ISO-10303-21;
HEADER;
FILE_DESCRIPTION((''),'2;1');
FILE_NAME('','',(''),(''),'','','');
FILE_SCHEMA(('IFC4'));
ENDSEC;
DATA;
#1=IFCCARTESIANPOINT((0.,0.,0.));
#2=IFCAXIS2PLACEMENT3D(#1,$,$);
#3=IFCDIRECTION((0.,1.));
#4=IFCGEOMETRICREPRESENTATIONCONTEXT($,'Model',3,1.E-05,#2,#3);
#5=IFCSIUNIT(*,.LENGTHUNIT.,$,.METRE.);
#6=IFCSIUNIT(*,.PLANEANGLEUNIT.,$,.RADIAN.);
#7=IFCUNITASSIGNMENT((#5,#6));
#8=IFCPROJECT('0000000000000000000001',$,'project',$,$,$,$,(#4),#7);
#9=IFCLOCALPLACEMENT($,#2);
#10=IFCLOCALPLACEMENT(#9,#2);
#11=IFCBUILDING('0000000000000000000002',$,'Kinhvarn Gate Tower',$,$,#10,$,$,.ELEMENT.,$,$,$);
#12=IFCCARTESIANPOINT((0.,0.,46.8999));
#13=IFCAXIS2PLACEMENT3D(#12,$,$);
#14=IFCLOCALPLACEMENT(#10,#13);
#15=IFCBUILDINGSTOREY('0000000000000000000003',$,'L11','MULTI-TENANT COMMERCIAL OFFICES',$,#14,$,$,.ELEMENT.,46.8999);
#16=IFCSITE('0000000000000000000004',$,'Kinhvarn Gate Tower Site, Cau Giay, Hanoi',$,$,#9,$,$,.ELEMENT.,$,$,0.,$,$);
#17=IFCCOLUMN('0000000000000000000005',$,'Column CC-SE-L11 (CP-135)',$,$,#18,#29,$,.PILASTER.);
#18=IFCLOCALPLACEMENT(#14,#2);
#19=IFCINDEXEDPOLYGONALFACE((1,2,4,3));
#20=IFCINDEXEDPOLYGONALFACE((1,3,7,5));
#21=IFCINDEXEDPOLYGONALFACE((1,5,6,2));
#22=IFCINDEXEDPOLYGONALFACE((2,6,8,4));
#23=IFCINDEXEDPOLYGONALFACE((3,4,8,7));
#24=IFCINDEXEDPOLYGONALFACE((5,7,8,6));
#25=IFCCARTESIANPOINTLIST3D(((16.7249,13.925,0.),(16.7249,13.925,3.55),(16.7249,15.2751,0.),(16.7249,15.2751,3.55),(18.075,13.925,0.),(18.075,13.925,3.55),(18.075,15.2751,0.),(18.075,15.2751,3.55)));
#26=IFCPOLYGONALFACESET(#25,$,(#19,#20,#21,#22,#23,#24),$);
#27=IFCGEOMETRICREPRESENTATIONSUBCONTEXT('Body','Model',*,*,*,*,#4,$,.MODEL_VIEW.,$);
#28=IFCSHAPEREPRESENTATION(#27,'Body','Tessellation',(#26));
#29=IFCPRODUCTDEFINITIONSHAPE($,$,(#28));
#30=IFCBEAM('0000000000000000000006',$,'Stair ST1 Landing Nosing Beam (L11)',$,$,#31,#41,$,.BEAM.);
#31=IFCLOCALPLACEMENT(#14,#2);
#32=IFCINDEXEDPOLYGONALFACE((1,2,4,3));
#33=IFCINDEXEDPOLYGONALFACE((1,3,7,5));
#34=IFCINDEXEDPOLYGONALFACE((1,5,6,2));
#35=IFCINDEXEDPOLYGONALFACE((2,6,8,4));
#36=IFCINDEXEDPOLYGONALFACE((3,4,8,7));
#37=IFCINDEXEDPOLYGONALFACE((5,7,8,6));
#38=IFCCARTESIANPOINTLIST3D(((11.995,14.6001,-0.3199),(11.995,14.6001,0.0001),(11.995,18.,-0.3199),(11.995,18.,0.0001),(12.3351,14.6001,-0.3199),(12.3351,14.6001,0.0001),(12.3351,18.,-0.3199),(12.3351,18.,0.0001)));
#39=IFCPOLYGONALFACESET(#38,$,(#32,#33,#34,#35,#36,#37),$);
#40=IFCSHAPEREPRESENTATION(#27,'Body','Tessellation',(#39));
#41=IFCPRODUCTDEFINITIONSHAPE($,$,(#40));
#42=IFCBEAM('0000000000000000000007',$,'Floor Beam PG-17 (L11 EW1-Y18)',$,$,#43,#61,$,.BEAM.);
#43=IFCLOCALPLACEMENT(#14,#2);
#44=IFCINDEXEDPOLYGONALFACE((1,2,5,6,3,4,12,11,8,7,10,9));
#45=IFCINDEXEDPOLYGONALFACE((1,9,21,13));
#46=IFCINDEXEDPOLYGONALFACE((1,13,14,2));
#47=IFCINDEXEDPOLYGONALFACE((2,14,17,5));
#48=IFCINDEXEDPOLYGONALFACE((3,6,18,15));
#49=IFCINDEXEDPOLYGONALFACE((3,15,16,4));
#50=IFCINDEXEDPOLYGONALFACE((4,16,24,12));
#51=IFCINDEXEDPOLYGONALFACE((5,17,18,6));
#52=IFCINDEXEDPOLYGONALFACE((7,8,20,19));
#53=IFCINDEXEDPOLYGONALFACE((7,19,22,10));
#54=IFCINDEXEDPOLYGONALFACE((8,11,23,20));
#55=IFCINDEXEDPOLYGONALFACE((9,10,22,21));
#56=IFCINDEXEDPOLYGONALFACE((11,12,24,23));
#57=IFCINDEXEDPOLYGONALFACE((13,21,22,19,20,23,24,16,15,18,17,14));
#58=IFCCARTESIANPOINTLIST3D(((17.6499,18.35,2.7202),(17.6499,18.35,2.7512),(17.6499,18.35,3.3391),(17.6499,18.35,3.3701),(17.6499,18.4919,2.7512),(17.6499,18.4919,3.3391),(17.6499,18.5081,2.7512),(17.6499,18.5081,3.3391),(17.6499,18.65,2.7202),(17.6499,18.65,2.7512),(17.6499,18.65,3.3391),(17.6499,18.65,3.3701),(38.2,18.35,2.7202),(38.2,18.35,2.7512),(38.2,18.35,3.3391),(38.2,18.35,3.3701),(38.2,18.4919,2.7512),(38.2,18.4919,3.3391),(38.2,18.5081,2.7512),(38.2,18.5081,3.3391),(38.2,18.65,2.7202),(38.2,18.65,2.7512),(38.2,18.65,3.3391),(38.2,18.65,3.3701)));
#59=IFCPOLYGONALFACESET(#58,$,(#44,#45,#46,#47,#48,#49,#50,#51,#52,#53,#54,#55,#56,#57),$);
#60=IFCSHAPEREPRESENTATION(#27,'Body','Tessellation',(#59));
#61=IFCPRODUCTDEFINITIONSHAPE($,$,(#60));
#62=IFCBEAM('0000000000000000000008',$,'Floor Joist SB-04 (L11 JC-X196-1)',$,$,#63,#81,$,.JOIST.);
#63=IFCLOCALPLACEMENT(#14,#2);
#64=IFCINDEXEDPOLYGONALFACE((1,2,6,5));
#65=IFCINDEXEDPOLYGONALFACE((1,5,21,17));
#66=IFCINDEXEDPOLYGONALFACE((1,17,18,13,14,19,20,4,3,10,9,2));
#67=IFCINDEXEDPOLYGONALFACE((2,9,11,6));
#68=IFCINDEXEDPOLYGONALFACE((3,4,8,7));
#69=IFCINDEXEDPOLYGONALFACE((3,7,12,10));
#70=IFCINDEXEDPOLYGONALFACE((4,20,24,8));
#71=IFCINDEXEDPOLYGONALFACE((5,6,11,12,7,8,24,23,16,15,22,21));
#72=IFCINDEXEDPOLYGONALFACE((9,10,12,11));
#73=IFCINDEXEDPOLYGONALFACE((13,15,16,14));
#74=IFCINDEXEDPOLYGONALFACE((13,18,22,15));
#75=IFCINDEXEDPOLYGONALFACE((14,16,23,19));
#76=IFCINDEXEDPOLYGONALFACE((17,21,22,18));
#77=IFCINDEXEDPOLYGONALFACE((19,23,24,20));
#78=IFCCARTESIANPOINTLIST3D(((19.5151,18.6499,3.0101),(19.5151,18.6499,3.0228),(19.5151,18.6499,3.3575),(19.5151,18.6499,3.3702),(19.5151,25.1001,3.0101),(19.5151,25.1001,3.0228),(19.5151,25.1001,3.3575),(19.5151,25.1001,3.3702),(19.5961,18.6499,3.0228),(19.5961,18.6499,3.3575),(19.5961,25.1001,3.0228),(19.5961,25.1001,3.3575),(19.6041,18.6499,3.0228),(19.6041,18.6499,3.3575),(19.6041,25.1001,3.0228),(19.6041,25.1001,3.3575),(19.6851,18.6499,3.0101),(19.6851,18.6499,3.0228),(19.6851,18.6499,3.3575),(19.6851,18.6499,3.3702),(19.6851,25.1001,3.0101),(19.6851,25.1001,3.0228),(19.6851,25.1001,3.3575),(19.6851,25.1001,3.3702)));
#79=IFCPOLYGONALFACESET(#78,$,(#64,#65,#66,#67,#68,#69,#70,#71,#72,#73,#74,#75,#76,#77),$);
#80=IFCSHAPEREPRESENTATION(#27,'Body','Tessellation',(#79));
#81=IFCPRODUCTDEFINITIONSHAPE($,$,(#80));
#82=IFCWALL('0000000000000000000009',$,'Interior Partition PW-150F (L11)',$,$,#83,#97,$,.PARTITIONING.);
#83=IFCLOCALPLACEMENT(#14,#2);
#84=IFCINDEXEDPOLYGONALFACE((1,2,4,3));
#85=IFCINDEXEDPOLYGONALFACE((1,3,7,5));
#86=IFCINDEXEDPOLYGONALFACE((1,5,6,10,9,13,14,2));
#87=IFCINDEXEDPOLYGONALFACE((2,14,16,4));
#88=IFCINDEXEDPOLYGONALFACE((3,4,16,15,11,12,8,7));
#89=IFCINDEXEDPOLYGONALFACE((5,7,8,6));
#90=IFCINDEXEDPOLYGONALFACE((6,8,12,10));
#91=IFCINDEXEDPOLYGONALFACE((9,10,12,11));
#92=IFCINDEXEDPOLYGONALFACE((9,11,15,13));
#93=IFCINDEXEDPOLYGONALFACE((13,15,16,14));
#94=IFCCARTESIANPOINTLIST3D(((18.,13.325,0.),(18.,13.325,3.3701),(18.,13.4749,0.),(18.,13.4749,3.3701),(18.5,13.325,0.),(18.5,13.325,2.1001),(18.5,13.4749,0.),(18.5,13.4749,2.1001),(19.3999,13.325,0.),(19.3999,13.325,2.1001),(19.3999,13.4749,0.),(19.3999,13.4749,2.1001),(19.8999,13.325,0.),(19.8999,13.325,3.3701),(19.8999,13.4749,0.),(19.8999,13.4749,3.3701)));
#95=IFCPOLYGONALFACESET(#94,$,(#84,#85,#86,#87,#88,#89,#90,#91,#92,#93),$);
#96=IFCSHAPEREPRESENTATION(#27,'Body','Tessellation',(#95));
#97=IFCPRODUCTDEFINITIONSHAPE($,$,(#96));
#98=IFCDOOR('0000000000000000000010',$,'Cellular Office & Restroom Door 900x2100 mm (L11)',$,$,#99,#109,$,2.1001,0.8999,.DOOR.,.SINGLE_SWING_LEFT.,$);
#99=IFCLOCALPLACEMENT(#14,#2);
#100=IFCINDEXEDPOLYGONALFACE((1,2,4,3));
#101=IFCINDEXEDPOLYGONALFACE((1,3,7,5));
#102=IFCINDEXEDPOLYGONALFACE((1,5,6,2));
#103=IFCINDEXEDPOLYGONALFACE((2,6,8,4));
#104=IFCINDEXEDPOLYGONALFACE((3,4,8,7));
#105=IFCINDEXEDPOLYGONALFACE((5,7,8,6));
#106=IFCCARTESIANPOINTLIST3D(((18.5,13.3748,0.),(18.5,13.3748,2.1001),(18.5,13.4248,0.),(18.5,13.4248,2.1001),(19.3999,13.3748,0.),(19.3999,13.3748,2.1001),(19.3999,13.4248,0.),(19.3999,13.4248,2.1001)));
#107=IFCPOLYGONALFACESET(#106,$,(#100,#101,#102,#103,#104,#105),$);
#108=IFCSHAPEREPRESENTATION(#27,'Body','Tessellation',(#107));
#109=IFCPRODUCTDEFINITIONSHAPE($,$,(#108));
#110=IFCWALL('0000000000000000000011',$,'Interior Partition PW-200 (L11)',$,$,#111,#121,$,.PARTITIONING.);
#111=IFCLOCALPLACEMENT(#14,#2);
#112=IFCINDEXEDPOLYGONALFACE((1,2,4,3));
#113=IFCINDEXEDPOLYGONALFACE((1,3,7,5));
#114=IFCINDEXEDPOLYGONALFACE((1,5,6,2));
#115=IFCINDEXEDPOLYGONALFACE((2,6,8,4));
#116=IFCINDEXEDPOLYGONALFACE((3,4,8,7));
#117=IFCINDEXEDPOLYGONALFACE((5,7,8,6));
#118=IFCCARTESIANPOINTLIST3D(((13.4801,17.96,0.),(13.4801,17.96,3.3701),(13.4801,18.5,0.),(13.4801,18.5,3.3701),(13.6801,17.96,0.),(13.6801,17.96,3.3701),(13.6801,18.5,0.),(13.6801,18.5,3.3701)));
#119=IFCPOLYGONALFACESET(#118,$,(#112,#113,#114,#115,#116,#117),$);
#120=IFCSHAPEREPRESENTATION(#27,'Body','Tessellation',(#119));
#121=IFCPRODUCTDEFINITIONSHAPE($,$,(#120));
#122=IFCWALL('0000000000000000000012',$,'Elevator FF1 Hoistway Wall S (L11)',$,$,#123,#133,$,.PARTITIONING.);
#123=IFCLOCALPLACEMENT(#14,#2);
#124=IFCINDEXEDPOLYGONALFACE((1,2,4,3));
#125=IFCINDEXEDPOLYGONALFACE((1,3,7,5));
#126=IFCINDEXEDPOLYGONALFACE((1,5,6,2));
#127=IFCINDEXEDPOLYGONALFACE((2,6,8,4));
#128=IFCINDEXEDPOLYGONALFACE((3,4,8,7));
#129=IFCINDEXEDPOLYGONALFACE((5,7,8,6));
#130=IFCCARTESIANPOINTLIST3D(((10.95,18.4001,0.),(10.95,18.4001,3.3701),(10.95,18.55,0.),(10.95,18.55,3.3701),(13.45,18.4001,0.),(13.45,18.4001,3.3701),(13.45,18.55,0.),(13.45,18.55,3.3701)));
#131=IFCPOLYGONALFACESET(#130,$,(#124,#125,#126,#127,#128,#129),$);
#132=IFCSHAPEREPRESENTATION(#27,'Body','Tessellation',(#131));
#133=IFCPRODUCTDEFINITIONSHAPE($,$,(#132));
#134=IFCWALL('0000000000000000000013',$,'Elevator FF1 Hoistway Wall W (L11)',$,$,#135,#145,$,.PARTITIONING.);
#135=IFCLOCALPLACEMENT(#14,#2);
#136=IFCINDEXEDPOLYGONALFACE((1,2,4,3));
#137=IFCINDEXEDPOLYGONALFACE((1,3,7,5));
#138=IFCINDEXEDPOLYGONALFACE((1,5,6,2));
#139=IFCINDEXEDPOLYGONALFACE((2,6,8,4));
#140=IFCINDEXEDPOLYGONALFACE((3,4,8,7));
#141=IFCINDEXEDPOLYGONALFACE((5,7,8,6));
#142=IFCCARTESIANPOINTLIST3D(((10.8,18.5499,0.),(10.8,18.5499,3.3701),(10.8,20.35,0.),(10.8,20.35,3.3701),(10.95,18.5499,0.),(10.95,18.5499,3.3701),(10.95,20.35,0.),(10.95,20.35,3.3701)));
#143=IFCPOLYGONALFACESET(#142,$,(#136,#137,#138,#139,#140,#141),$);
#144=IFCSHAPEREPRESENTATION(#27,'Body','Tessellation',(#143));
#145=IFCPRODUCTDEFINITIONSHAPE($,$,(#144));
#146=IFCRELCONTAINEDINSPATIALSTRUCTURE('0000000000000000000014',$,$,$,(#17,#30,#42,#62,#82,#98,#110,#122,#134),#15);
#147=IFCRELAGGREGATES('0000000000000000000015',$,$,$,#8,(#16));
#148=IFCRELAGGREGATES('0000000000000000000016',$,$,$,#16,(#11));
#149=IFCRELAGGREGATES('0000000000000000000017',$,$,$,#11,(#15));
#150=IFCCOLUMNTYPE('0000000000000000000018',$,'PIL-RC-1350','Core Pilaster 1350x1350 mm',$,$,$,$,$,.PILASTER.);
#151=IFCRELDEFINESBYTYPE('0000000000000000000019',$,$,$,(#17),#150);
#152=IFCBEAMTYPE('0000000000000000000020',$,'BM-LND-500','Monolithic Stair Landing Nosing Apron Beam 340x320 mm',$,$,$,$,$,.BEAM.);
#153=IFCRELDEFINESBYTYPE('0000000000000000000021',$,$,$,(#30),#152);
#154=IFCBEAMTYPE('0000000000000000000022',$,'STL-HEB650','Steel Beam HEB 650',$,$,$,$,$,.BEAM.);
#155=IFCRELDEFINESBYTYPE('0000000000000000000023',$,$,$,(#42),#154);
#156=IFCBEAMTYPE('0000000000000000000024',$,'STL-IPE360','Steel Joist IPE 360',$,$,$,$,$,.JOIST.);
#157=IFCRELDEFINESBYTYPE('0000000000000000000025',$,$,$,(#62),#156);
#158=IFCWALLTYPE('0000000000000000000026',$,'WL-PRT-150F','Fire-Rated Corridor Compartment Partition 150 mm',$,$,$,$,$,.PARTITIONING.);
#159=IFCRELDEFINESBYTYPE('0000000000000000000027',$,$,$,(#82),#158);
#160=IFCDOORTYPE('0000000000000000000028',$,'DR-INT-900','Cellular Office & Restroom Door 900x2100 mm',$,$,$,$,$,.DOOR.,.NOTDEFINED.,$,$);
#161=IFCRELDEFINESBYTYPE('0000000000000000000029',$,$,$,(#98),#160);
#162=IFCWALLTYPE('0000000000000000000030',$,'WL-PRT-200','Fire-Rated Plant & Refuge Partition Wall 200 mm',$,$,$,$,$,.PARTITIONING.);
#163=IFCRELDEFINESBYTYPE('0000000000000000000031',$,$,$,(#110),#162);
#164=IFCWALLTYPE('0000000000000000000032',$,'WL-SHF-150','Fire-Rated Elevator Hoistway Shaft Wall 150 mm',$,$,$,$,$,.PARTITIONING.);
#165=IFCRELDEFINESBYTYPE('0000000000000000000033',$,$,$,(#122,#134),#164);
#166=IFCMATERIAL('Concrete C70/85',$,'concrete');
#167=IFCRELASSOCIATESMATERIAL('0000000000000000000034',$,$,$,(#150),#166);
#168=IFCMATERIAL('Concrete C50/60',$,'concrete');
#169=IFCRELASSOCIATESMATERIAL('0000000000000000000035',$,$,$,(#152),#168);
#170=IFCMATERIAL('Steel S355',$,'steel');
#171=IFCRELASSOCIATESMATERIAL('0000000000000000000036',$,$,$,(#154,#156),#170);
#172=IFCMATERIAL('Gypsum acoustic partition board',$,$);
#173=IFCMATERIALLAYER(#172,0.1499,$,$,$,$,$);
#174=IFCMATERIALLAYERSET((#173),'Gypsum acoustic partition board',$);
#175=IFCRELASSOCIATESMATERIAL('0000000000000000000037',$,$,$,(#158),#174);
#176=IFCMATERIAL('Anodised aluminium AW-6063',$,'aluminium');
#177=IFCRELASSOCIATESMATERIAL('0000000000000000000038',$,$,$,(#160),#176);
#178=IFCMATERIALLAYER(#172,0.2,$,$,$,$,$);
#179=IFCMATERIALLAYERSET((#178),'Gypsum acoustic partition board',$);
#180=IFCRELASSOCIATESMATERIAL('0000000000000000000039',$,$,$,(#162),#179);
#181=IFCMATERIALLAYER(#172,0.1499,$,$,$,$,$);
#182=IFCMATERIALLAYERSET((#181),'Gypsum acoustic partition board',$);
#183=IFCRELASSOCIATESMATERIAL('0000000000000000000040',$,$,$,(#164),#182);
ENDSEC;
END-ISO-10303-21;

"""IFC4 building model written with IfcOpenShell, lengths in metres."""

from ifc_helpers import new_model, si_unit, direction, frame, frame_2d, origin, origin_2d, place, context, subcontext, project, spatial, rectangle, i_section, extrude, material, layer, layer_set, material_profile, profile_set, type_object, element, fill, save


model = new_model("IFC4")

# Units and contexts
model_context = context("Model", 3, precision=1e-05, world=origin(), true_north=direction((0.0, 1.0)))
body_context = subcontext(model_context, "Body", "Model", "MODEL_VIEW")
ifc_project = project(units=[si_unit("LENGTHUNIT", "METRE"), si_unit("PLANEANGLEUNIT", "RADIAN")], contexts=[model_context])

# Site, building, storey
site_placement = place(None, origin())
site = spatial("IfcSite", under=ifc_project, at=site_placement, Name="Kinhvarn Gate Tower Site, Cau Giay, Hanoi", CompositionType="ELEMENT", RefElevation=0.0)
building_placement = place(site_placement, origin())
building = spatial("IfcBuilding", under=site, at=building_placement, Name="Kinhvarn Gate Tower", CompositionType="ELEMENT")
storey_placement = place(building_placement, frame((0.0, 0.0, 46.8999)))
storey = spatial("IfcBuildingStorey", under=building, at=storey_placement, Name="L11", Description="MULTI-TENANT COMMERCIAL OFFICES", CompositionType="ELEMENT", Elevation=46.8999)

# Column
ifc_material_1 = material(Name="Concrete C70/85", Category="concrete")
ifc_material_profile_1 = material_profile(ifc_material_1, rectangle(XDim=1.3501, YDim=1.3501, at=origin_2d()), Name="RC 1350x1350")
ifc_profile_set_1 = profile_set([ifc_material_profile_1], Name="Concrete C70/85")
column_type = type_object("IfcColumnType", Name="PIL-RC-1350", Description="Core Pilaster 1350x1350 mm", PredefinedType="PILASTER", material=ifc_profile_set_1)
column_placement = place(storey_placement, frame((17.3999, 14.6001, 0.0), z_axis=(0.0, 0.0, 1.0), x_axis=(1.0, 0.0, 0.0)))
element("IfcColumn", 1, at=column_placement, inside=storey, type_object=column_type, Name="Column CC-SE-L11 (CP-135)", PredefinedType="PILASTER", context=body_context, shape_type="SweptSolid", body=[
    extrude(rectangle(XDim=1.3501, YDim=1.3501, at=origin_2d()), origin(), (0.0, 0.0, 1.0), 3.55),
])

# Beams
ifc_material_2 = material(Name="Concrete C50/60", Category="concrete")
ifc_material_profile_2 = material_profile(ifc_material_2, rectangle(XDim=0.3401, YDim=0.3201, at=origin_2d()), Name="RC 340x320")
ifc_profile_set_2 = profile_set([ifc_material_profile_2], Name="Concrete C50/60")
beam_type_1 = type_object("IfcBeamType", Name="BM-LND-500", Description="Monolithic Stair Landing Nosing Apron Beam 340x320 mm", PredefinedType="BEAM", material=ifc_profile_set_2)
beam_1_placement = place(storey_placement, frame((12.165, 14.6001, -0.1599), z_axis=(0.0, 1.0, 0.0), x_axis=(-1.0, 0.0, 0.0)))
element("IfcBeam", 2, at=beam_1_placement, inside=storey, type_object=beam_type_1, Name="Stair ST1 Landing Nosing Beam (L11)", PredefinedType="BEAM", context=body_context, shape_type="SweptSolid", body=[
    extrude(rectangle(XDim=0.3401, YDim=0.3201, at=origin_2d()), origin(), (0.0, 0.0, 1.0), 3.3999),
])
ifc_material_3 = material(Name="Steel S355", Category="steel")
ifc_material_profile_3 = material_profile(ifc_material_3, i_section(OverallWidth=0.3, OverallDepth=0.6499, WebThickness=0.0161, FlangeThickness=0.031, at=origin_2d()), Name="HEB 650")
ifc_profile_set_3 = profile_set([ifc_material_profile_3], Name="Steel S355")
beam_type_2 = type_object("IfcBeamType", Name="STL-HEB650", Description="Steel Beam HEB 650", PredefinedType="BEAM", material=ifc_profile_set_3)
beam_2_placement = place(storey_placement, frame((17.6499, 18.5, 3.0452), z_axis=(1.0, 0.0, 0.0), x_axis=(0.0, 1.0, 0.0)))
element("IfcBeam", 3, at=beam_2_placement, inside=storey, type_object=beam_type_2, Name="Floor Beam PG-17 (L11 EW1-Y18)", PredefinedType="BEAM", context=body_context, shape_type="SweptSolid", body=[
    extrude(i_section(OverallWidth=0.3, OverallDepth=0.6499, WebThickness=0.0161, FlangeThickness=0.031, at=origin_2d()), origin(), (0.0, 0.0, 1.0), 20.55),
])
ifc_material_profile_4 = material_profile(ifc_material_3, i_section(OverallWidth=0.1699, OverallDepth=0.3601, WebThickness=0.0081, FlangeThickness=0.0127, at=origin_2d()), Name="IPE 360")
ifc_profile_set_4 = profile_set([ifc_material_profile_4], Name="Steel S355")
beam_type_3 = type_object("IfcBeamType", Name="STL-IPE360", Description="Steel Joist IPE 360", PredefinedType="JOIST", material=ifc_profile_set_4)
beam_3_placement = place(storey_placement, frame((19.6001, 18.6499, 3.1902), z_axis=(0.0, 1.0, 0.0), x_axis=(-1.0, 0.0, 0.0)))
element("IfcBeam", 4, at=beam_3_placement, inside=storey, type_object=beam_type_3, Name="Floor Joist SB-04 (L11 JC-X196-1)", PredefinedType="JOIST", context=body_context, shape_type="SweptSolid", body=[
    extrude(i_section(OverallWidth=0.1699, OverallDepth=0.3601, WebThickness=0.0081, FlangeThickness=0.0127, at=origin_2d()), origin(), (0.0, 0.0, 1.0), 6.4502),
])

# Wall, opening, door
ifc_material_4 = material(Name="Anodised aluminium AW-6063", Category="aluminium")
ifc_material_5 = material(Name="Gypsum acoustic partition board")
ifc_layer_1 = layer(ifc_material_5, 0.1499)
ifc_layer_set_1 = layer_set([ifc_layer_1], Name="Gypsum acoustic partition board")
wall_type_1 = type_object("IfcWallType", Name="WL-PRT-150F", Description="Fire-Rated Corridor Compartment Partition 150 mm", PredefinedType="PARTITIONING", material=ifc_layer_set_1)
wall_1_placement = place(storey_placement, frame((18.0, 13.3999, 0.0), z_axis=(0.0, 0.0, 1.0), x_axis=(1.0, 0.0, 0.0)))
wall_1 = element("IfcWall", 5, at=wall_1_placement, inside=storey, type_object=wall_type_1, Name="Interior Partition PW-150F (L11)", PredefinedType="PARTITIONING", context=body_context, shape_type="SweptSolid", body=[
    extrude(rectangle(XDim=1.8999, YDim=0.1499, at=frame_2d((0.95, 0.0))), origin(), (0.0, 0.0, 1.0), 3.3701),
])
opening_1_placement = place(wall_1_placement, frame((0.5, 0.0, 0.0)))
opening_1 = element("IfcOpeningElement", 6, at=opening_1_placement, cuts=wall_1, PredefinedType="OPENING", context=body_context, shape_type="SweptSolid", body=[
    extrude(rectangle(XDim=0.8999, YDim=2.1001, at=frame_2d((0.45, 1.05))), frame((0.0, 0.085, 0.0), z_axis=(0.0, -1.0, 0.0), x_axis=(1.0, 0.0, 0.0)), (0.0, 0.0, 1.0), 0.1699),
])
door_type_1 = type_object("IfcDoorType", Name="DR-INT-900", Description="Cellular Office & Restroom Door 900x2100 mm", OperationType="NOTDEFINED", PredefinedType="DOOR", material=ifc_material_4)
door_1_placement = place(opening_1_placement, origin())
door_1 = element("IfcDoor", 7, at=door_1_placement, inside=storey, type_object=door_type_1, Name="Cellular Office & Restroom Door 900x2100 mm (L11)", OperationType="SINGLE_SWING_LEFT", OverallHeight=2.1001, OverallWidth=0.8999, PredefinedType="DOOR", context=body_context, shape_type="SweptSolid", body=[
    extrude(rectangle(XDim=0.8999, YDim=2.1001, at=frame_2d((0.45, 1.05))), frame((0.0, 0.0249, 0.0), z_axis=(0.0, -1.0, 0.0), x_axis=(1.0, 0.0, 0.0)), (0.0, 0.0, 1.0), 0.05),
])
fill(opening_1, door_1)

# Walls
ifc_layer_2 = layer(ifc_material_5, 0.2)
ifc_layer_set_2 = layer_set([ifc_layer_2], Name="Gypsum acoustic partition board")
wall_type_2 = type_object("IfcWallType", Name="WL-PRT-200", Description="Fire-Rated Plant & Refuge Partition Wall 200 mm", PredefinedType="PARTITIONING", material=ifc_layer_set_2)
wall_2_placement = place(storey_placement, frame((13.5801, 17.96, 0.0), z_axis=(0.0, 0.0, 1.0), x_axis=(0.0, 1.0, 0.0)))
element("IfcWall", 8, at=wall_2_placement, inside=storey, type_object=wall_type_2, Name="Interior Partition PW-200 (L11)", PredefinedType="PARTITIONING", context=body_context, shape_type="SweptSolid", body=[
    extrude(rectangle(XDim=0.54, YDim=0.2, at=frame_2d((0.27, 0.0))), origin(), (0.0, 0.0, 1.0), 3.3701),
])
ifc_layer_3 = layer(ifc_material_5, 0.1499)
ifc_layer_set_3 = layer_set([ifc_layer_3], Name="Gypsum acoustic partition board")
wall_type_3 = type_object("IfcWallType", Name="WL-SHF-150", Description="Fire-Rated Elevator Hoistway Shaft Wall 150 mm", PredefinedType="PARTITIONING", material=ifc_layer_set_3)
wall_3_placement = place(storey_placement, frame((10.95, 18.4751, 0.0), z_axis=(0.0, 0.0, 1.0), x_axis=(1.0, 0.0, 0.0)))
element("IfcWall", 9, at=wall_3_placement, inside=storey, type_object=wall_type_3, Name="Elevator FF1 Hoistway Wall S (L11)", PredefinedType="PARTITIONING", context=body_context, shape_type="SweptSolid", body=[
    extrude(rectangle(XDim=2.5, YDim=0.1499, at=frame_2d((1.25, 0.0))), origin(), (0.0, 0.0, 1.0), 3.3701),
])
wall_4_placement = place(storey_placement, frame((10.875, 18.55, 0.0), z_axis=(0.0, 0.0, 1.0), x_axis=(0.0, 1.0, 0.0)))
element("IfcWall", 10, at=wall_4_placement, inside=storey, type_object=wall_type_3, Name="Elevator FF1 Hoistway Wall W (L11)", PredefinedType="PARTITIONING", context=body_context, shape_type="SweptSolid", body=[
    extrude(rectangle(XDim=1.8, YDim=0.1499, at=frame_2d((0.8999, 0.0))), origin(), (0.0, 0.0, 1.0), 3.3701),
])

save(model, "model.ifc")
